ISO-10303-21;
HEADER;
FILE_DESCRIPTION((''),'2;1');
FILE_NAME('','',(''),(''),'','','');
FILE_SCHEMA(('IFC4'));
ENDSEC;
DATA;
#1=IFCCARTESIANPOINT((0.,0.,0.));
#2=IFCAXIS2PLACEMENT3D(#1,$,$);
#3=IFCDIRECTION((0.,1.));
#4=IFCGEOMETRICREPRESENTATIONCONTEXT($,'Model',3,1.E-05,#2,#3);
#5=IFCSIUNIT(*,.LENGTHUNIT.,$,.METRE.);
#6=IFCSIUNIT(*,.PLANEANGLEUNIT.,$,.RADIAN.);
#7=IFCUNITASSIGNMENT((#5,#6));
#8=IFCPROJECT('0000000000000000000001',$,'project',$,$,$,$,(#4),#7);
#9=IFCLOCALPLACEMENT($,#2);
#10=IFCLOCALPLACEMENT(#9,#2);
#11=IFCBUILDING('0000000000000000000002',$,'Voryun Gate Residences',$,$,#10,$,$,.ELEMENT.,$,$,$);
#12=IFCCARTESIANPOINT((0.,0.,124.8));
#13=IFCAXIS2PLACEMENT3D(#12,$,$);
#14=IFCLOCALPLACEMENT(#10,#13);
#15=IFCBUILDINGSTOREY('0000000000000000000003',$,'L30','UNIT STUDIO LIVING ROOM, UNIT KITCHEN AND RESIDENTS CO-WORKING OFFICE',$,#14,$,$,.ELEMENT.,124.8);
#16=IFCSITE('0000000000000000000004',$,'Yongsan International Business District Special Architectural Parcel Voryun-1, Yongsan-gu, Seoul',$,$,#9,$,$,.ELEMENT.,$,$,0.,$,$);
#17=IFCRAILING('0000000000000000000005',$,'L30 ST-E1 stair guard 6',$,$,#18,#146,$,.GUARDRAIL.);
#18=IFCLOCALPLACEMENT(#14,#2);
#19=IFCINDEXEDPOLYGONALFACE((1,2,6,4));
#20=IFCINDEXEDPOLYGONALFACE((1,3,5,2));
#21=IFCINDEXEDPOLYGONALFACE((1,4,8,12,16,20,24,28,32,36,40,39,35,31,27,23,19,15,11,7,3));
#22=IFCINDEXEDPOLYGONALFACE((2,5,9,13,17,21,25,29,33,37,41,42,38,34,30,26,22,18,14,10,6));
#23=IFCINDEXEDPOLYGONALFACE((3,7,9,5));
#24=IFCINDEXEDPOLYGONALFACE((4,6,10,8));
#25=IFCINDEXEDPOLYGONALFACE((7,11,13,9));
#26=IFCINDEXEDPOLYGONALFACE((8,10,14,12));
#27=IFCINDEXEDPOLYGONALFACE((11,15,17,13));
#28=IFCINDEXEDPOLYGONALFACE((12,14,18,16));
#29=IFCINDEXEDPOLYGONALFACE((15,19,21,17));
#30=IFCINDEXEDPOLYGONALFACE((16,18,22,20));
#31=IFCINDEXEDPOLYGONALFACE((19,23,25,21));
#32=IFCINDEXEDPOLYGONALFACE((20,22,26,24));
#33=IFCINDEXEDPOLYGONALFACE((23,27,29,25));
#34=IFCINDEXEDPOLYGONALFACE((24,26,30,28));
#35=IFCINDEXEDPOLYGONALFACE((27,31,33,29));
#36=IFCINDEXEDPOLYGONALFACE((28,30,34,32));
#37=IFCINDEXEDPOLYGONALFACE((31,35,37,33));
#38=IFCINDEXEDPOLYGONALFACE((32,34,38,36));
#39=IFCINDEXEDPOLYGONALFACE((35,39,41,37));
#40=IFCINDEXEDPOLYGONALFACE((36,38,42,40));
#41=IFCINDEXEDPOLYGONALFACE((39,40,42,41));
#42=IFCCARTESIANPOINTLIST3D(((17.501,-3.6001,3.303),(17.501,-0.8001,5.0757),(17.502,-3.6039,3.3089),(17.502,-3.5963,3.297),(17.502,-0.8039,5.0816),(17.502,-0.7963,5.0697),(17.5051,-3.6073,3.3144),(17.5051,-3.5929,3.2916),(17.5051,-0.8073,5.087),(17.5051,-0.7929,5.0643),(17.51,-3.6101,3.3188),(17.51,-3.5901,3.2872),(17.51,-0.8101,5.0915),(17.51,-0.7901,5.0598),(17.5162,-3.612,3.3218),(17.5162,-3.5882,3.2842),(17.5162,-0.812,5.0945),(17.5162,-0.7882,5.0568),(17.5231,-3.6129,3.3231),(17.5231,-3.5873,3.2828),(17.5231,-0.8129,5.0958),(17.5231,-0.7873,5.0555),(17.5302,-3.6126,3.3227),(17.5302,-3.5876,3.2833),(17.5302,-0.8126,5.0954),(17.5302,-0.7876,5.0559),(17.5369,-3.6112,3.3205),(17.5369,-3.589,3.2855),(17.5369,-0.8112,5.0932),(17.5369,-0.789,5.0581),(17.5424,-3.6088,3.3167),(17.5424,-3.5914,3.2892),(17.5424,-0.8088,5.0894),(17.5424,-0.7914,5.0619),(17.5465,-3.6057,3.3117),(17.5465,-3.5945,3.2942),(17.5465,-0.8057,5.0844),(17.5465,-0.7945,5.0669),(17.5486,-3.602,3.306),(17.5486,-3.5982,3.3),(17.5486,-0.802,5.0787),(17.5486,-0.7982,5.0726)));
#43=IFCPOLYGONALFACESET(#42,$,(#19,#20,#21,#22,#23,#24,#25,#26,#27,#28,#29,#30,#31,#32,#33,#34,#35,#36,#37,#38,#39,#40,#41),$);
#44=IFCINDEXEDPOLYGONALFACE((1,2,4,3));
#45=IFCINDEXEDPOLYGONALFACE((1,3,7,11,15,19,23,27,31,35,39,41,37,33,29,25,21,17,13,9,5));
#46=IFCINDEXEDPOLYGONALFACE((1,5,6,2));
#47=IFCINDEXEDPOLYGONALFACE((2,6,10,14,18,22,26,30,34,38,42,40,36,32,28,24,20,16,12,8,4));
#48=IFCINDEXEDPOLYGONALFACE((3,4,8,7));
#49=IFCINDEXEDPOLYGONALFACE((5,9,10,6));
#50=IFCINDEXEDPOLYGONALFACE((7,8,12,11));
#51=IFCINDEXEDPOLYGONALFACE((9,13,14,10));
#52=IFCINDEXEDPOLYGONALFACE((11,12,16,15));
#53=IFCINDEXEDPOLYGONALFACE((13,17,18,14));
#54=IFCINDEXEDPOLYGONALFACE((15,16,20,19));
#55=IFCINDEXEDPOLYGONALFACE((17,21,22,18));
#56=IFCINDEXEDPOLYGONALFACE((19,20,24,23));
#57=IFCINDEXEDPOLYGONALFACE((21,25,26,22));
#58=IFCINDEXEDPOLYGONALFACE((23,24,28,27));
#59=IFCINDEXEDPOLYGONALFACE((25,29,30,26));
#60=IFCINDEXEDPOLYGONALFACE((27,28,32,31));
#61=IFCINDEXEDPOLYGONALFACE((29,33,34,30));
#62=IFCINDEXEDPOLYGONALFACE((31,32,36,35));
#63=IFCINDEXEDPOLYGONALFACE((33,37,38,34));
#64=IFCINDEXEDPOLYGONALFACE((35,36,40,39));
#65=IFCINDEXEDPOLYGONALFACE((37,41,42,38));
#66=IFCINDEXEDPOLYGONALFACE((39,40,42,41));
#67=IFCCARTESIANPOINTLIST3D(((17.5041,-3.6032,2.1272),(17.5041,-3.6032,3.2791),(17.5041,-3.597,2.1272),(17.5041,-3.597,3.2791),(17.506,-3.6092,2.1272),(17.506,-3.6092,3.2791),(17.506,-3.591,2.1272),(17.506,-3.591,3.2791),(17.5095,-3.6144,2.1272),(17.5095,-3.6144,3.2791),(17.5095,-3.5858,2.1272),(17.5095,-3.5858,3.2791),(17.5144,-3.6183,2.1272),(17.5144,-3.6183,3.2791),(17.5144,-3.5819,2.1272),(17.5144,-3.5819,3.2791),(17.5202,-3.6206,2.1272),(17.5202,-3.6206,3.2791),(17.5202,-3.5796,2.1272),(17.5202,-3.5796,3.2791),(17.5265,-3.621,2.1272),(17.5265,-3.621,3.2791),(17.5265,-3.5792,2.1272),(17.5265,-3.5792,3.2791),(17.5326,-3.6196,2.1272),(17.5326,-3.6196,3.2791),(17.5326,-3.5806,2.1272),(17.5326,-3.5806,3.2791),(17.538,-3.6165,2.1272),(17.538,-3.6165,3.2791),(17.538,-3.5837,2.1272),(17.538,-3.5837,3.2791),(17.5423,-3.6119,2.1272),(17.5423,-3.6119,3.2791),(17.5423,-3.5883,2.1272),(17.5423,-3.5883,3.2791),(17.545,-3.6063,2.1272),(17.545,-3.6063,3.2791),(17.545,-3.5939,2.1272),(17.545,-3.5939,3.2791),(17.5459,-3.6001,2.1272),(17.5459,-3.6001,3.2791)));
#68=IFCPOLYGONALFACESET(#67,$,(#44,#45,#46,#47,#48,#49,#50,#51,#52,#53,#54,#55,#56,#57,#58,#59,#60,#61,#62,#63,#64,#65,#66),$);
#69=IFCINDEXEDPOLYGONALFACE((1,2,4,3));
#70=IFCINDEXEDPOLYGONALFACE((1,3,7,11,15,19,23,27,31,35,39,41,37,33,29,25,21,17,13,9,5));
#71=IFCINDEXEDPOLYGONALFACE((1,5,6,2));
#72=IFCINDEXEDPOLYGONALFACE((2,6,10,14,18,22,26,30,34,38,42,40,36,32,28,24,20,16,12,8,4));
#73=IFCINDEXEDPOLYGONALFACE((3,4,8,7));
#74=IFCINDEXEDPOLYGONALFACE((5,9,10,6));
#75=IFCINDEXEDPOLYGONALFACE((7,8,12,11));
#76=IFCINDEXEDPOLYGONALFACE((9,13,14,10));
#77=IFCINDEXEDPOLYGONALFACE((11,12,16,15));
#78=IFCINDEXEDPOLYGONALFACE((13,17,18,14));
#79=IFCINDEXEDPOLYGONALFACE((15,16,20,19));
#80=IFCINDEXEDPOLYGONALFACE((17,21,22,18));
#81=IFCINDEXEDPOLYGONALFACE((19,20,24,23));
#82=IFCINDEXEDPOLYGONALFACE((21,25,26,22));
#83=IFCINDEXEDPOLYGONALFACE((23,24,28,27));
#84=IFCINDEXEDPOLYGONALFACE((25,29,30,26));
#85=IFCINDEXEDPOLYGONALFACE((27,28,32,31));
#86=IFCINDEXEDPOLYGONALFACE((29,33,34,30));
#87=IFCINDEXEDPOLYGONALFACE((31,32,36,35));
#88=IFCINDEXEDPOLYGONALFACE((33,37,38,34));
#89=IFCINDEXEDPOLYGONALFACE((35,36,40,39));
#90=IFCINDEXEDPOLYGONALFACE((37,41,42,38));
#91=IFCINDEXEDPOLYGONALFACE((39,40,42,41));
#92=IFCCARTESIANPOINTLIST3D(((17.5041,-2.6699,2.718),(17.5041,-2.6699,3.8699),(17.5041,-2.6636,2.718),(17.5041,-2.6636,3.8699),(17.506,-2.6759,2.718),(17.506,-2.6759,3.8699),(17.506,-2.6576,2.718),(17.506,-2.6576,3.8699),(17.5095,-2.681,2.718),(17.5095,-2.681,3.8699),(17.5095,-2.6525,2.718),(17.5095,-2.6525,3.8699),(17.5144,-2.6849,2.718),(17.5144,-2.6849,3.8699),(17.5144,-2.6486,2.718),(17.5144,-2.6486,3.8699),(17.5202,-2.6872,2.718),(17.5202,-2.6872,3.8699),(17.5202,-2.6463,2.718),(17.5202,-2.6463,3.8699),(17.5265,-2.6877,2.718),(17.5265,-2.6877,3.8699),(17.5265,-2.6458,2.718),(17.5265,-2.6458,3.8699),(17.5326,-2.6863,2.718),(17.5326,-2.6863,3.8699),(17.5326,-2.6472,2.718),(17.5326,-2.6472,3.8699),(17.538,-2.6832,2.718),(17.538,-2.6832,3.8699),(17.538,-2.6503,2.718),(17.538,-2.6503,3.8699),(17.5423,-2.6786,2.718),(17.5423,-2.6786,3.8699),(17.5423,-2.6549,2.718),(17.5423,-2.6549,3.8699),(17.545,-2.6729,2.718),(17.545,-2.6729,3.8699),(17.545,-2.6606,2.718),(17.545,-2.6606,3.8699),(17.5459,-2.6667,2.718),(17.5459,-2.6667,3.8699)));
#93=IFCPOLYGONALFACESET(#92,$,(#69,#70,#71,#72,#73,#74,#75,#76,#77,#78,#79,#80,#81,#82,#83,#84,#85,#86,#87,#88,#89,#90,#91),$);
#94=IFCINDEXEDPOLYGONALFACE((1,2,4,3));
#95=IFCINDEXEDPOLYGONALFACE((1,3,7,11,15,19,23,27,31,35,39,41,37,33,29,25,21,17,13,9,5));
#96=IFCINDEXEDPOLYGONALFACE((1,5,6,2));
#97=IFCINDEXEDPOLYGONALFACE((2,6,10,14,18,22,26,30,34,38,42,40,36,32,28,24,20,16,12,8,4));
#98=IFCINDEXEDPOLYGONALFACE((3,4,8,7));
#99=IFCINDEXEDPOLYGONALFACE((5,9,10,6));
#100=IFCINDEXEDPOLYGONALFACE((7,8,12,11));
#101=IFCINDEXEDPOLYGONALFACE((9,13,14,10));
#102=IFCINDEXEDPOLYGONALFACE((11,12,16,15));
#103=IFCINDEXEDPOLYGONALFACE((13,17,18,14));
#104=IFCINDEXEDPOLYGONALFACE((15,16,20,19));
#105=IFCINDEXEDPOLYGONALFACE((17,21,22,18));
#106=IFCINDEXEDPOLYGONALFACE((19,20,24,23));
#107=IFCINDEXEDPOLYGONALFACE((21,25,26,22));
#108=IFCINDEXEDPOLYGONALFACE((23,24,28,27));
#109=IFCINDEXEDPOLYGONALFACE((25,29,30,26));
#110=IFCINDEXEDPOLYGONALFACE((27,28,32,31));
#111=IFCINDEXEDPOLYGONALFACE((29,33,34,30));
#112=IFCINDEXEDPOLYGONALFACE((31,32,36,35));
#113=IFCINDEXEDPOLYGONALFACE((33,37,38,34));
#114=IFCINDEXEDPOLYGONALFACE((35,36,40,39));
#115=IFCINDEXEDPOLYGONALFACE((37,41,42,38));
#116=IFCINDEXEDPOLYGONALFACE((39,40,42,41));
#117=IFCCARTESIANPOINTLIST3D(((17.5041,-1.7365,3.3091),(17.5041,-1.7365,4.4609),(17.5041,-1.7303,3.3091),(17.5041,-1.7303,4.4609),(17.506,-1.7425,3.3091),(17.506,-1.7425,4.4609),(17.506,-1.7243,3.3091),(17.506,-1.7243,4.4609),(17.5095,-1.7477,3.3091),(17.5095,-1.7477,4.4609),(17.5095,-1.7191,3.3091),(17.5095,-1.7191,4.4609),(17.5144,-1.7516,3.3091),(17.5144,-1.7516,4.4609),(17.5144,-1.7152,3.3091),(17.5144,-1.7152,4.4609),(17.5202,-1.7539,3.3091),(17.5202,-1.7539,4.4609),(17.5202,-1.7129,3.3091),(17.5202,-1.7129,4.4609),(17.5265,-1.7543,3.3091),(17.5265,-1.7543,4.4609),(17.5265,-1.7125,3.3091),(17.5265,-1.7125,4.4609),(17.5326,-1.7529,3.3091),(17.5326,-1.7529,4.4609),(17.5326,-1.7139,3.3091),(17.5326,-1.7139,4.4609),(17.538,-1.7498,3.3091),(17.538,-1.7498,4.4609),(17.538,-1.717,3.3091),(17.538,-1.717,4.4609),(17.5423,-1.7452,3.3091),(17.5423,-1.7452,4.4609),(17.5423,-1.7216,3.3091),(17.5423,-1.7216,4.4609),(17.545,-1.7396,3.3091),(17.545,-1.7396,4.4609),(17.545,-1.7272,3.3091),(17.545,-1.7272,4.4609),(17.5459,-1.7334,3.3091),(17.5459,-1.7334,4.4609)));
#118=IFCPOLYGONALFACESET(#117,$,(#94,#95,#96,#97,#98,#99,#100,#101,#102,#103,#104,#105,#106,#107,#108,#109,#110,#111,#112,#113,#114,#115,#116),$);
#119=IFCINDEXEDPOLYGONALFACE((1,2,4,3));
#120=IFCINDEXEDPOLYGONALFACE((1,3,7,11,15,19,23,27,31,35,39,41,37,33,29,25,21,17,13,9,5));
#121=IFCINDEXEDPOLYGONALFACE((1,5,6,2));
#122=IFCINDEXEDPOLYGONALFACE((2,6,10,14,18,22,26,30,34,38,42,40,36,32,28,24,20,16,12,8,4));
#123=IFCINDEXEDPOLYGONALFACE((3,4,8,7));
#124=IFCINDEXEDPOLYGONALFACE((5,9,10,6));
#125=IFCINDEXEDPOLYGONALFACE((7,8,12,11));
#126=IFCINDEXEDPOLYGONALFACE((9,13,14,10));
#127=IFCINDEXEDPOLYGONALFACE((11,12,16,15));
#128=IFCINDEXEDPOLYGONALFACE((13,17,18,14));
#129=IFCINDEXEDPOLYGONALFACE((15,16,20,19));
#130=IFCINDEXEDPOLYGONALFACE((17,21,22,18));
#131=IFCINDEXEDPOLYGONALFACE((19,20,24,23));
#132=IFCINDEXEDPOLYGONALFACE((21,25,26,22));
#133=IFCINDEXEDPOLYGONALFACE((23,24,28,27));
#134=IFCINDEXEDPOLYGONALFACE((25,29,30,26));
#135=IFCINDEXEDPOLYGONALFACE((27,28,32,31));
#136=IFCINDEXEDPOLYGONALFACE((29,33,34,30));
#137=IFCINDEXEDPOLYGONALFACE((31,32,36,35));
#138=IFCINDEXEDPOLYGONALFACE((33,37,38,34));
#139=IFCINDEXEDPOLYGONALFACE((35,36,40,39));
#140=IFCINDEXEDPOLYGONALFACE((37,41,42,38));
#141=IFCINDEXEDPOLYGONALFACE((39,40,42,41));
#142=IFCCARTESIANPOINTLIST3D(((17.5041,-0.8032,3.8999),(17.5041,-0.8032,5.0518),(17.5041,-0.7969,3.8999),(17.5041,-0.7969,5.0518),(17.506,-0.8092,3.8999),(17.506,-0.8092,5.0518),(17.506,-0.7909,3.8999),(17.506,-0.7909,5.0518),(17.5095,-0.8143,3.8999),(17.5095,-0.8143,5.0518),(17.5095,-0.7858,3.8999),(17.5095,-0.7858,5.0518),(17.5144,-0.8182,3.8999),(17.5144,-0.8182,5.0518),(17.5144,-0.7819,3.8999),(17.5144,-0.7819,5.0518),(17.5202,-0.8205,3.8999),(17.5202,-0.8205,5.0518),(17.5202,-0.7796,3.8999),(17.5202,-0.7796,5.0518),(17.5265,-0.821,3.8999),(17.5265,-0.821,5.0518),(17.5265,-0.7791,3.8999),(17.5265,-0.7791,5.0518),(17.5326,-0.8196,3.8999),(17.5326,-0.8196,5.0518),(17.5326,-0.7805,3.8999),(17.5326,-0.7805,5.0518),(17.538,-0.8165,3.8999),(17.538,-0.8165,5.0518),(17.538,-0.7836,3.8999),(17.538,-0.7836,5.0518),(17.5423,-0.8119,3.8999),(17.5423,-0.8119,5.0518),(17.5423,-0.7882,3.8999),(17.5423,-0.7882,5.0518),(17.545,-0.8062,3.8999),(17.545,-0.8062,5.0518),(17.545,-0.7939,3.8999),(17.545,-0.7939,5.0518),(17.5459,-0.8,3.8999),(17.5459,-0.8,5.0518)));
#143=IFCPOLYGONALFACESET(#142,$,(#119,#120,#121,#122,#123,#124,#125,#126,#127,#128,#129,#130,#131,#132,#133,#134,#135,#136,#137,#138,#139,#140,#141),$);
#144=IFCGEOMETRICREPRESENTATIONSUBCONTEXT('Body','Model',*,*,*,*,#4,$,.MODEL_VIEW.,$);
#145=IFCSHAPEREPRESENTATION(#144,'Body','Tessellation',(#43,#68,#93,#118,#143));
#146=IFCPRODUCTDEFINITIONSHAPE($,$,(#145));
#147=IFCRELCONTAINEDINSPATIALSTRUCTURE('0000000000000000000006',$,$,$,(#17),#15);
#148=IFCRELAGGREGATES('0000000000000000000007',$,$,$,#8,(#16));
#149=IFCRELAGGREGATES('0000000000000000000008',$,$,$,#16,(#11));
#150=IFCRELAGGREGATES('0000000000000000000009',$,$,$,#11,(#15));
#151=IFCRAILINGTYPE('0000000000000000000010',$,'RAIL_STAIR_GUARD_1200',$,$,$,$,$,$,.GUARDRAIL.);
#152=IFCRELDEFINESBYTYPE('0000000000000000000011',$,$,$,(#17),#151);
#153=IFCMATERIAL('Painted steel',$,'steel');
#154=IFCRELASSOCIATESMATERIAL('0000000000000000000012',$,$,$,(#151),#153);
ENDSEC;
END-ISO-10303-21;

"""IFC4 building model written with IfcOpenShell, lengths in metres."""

from ifc_helpers import new_model, si_unit, direction, frame, origin, origin_2d, place, context, subcontext, project, spatial, circle, extrude, material, type_object, element, save


model = new_model("IFC4")

# Units and contexts
model_context = context("Model", 3, precision=1e-05, world=origin(), true_north=direction((0.0, 1.0)))
body_context = subcontext(model_context, "Body", "Model", "MODEL_VIEW")
ifc_project = project(units=[si_unit("LENGTHUNIT", "METRE"), si_unit("PLANEANGLEUNIT", "RADIAN")], contexts=[model_context])

# Site, building, storey
site_placement = place(None, origin())
site = spatial("IfcSite", under=ifc_project, at=site_placement, Name="Yongsan International Business District Special Architectural Parcel Voryun-1, Yongsan-gu, Seoul", CompositionType="ELEMENT", RefElevation=0.0)
building_placement = place(site_placement, origin())
building = spatial("IfcBuilding", under=site, at=building_placement, Name="Voryun Gate Residences", CompositionType="ELEMENT")
storey_placement = place(building_placement, frame((0.0, 0.0, 124.8)))
storey = spatial("IfcBuildingStorey", under=building, at=storey_placement, Name="L30", Description="UNIT STUDIO LIVING ROOM, UNIT KITCHEN AND RESIDENTS CO-WORKING OFFICE", CompositionType="ELEMENT", Elevation=124.8)

# Railing
ifc_material_1 = material(Name="Painted steel", Category="steel")
railing_type_1 = type_object("IfcRailingType", Name="RAIL_STAIR_GUARD_1200", PredefinedType="GUARDRAIL", material=ifc_material_1)
railing_1_placement = place(storey_placement, frame((17.5249, -3.6001, 2.1272)))
element("IfcRailing", 1, at=railing_1_placement, inside=storey, type_object=railing_type_1, Name="L30 ST-E1 stair guard 6", PredefinedType="GUARDRAIL", context=body_context, shape_type="SweptSolid", body=[
    extrude(circle(Radius=0.0239, at=origin_2d()), frame((0.0, 0.0, 1.1758), z_axis=(0.0, 0.844909, 0.53491), x_axis=(-1.0, 0.0, 0.0)), (0.0, 0.0, 1.0), 3.314),
    extrude(circle(Radius=0.021, at=origin_2d()), origin(), (0.0, 0.0, 1.0), 1.1519),
    extrude(circle(Radius=0.021, at=origin_2d()), frame((0.0, 0.9333, 0.5908)), (0.0, 0.0, 1.0), 1.1519),
    extrude(circle(Radius=0.021, at=origin_2d()), frame((0.0, 1.8667, 1.1819)), (0.0, 0.0, 1.0), 1.1519),
    extrude(circle(Radius=0.021, at=origin_2d()), frame((0.0, 2.8, 1.7727)), (0.0, 0.0, 1.0), 1.1519),
])

save(model, "model.ifc")
